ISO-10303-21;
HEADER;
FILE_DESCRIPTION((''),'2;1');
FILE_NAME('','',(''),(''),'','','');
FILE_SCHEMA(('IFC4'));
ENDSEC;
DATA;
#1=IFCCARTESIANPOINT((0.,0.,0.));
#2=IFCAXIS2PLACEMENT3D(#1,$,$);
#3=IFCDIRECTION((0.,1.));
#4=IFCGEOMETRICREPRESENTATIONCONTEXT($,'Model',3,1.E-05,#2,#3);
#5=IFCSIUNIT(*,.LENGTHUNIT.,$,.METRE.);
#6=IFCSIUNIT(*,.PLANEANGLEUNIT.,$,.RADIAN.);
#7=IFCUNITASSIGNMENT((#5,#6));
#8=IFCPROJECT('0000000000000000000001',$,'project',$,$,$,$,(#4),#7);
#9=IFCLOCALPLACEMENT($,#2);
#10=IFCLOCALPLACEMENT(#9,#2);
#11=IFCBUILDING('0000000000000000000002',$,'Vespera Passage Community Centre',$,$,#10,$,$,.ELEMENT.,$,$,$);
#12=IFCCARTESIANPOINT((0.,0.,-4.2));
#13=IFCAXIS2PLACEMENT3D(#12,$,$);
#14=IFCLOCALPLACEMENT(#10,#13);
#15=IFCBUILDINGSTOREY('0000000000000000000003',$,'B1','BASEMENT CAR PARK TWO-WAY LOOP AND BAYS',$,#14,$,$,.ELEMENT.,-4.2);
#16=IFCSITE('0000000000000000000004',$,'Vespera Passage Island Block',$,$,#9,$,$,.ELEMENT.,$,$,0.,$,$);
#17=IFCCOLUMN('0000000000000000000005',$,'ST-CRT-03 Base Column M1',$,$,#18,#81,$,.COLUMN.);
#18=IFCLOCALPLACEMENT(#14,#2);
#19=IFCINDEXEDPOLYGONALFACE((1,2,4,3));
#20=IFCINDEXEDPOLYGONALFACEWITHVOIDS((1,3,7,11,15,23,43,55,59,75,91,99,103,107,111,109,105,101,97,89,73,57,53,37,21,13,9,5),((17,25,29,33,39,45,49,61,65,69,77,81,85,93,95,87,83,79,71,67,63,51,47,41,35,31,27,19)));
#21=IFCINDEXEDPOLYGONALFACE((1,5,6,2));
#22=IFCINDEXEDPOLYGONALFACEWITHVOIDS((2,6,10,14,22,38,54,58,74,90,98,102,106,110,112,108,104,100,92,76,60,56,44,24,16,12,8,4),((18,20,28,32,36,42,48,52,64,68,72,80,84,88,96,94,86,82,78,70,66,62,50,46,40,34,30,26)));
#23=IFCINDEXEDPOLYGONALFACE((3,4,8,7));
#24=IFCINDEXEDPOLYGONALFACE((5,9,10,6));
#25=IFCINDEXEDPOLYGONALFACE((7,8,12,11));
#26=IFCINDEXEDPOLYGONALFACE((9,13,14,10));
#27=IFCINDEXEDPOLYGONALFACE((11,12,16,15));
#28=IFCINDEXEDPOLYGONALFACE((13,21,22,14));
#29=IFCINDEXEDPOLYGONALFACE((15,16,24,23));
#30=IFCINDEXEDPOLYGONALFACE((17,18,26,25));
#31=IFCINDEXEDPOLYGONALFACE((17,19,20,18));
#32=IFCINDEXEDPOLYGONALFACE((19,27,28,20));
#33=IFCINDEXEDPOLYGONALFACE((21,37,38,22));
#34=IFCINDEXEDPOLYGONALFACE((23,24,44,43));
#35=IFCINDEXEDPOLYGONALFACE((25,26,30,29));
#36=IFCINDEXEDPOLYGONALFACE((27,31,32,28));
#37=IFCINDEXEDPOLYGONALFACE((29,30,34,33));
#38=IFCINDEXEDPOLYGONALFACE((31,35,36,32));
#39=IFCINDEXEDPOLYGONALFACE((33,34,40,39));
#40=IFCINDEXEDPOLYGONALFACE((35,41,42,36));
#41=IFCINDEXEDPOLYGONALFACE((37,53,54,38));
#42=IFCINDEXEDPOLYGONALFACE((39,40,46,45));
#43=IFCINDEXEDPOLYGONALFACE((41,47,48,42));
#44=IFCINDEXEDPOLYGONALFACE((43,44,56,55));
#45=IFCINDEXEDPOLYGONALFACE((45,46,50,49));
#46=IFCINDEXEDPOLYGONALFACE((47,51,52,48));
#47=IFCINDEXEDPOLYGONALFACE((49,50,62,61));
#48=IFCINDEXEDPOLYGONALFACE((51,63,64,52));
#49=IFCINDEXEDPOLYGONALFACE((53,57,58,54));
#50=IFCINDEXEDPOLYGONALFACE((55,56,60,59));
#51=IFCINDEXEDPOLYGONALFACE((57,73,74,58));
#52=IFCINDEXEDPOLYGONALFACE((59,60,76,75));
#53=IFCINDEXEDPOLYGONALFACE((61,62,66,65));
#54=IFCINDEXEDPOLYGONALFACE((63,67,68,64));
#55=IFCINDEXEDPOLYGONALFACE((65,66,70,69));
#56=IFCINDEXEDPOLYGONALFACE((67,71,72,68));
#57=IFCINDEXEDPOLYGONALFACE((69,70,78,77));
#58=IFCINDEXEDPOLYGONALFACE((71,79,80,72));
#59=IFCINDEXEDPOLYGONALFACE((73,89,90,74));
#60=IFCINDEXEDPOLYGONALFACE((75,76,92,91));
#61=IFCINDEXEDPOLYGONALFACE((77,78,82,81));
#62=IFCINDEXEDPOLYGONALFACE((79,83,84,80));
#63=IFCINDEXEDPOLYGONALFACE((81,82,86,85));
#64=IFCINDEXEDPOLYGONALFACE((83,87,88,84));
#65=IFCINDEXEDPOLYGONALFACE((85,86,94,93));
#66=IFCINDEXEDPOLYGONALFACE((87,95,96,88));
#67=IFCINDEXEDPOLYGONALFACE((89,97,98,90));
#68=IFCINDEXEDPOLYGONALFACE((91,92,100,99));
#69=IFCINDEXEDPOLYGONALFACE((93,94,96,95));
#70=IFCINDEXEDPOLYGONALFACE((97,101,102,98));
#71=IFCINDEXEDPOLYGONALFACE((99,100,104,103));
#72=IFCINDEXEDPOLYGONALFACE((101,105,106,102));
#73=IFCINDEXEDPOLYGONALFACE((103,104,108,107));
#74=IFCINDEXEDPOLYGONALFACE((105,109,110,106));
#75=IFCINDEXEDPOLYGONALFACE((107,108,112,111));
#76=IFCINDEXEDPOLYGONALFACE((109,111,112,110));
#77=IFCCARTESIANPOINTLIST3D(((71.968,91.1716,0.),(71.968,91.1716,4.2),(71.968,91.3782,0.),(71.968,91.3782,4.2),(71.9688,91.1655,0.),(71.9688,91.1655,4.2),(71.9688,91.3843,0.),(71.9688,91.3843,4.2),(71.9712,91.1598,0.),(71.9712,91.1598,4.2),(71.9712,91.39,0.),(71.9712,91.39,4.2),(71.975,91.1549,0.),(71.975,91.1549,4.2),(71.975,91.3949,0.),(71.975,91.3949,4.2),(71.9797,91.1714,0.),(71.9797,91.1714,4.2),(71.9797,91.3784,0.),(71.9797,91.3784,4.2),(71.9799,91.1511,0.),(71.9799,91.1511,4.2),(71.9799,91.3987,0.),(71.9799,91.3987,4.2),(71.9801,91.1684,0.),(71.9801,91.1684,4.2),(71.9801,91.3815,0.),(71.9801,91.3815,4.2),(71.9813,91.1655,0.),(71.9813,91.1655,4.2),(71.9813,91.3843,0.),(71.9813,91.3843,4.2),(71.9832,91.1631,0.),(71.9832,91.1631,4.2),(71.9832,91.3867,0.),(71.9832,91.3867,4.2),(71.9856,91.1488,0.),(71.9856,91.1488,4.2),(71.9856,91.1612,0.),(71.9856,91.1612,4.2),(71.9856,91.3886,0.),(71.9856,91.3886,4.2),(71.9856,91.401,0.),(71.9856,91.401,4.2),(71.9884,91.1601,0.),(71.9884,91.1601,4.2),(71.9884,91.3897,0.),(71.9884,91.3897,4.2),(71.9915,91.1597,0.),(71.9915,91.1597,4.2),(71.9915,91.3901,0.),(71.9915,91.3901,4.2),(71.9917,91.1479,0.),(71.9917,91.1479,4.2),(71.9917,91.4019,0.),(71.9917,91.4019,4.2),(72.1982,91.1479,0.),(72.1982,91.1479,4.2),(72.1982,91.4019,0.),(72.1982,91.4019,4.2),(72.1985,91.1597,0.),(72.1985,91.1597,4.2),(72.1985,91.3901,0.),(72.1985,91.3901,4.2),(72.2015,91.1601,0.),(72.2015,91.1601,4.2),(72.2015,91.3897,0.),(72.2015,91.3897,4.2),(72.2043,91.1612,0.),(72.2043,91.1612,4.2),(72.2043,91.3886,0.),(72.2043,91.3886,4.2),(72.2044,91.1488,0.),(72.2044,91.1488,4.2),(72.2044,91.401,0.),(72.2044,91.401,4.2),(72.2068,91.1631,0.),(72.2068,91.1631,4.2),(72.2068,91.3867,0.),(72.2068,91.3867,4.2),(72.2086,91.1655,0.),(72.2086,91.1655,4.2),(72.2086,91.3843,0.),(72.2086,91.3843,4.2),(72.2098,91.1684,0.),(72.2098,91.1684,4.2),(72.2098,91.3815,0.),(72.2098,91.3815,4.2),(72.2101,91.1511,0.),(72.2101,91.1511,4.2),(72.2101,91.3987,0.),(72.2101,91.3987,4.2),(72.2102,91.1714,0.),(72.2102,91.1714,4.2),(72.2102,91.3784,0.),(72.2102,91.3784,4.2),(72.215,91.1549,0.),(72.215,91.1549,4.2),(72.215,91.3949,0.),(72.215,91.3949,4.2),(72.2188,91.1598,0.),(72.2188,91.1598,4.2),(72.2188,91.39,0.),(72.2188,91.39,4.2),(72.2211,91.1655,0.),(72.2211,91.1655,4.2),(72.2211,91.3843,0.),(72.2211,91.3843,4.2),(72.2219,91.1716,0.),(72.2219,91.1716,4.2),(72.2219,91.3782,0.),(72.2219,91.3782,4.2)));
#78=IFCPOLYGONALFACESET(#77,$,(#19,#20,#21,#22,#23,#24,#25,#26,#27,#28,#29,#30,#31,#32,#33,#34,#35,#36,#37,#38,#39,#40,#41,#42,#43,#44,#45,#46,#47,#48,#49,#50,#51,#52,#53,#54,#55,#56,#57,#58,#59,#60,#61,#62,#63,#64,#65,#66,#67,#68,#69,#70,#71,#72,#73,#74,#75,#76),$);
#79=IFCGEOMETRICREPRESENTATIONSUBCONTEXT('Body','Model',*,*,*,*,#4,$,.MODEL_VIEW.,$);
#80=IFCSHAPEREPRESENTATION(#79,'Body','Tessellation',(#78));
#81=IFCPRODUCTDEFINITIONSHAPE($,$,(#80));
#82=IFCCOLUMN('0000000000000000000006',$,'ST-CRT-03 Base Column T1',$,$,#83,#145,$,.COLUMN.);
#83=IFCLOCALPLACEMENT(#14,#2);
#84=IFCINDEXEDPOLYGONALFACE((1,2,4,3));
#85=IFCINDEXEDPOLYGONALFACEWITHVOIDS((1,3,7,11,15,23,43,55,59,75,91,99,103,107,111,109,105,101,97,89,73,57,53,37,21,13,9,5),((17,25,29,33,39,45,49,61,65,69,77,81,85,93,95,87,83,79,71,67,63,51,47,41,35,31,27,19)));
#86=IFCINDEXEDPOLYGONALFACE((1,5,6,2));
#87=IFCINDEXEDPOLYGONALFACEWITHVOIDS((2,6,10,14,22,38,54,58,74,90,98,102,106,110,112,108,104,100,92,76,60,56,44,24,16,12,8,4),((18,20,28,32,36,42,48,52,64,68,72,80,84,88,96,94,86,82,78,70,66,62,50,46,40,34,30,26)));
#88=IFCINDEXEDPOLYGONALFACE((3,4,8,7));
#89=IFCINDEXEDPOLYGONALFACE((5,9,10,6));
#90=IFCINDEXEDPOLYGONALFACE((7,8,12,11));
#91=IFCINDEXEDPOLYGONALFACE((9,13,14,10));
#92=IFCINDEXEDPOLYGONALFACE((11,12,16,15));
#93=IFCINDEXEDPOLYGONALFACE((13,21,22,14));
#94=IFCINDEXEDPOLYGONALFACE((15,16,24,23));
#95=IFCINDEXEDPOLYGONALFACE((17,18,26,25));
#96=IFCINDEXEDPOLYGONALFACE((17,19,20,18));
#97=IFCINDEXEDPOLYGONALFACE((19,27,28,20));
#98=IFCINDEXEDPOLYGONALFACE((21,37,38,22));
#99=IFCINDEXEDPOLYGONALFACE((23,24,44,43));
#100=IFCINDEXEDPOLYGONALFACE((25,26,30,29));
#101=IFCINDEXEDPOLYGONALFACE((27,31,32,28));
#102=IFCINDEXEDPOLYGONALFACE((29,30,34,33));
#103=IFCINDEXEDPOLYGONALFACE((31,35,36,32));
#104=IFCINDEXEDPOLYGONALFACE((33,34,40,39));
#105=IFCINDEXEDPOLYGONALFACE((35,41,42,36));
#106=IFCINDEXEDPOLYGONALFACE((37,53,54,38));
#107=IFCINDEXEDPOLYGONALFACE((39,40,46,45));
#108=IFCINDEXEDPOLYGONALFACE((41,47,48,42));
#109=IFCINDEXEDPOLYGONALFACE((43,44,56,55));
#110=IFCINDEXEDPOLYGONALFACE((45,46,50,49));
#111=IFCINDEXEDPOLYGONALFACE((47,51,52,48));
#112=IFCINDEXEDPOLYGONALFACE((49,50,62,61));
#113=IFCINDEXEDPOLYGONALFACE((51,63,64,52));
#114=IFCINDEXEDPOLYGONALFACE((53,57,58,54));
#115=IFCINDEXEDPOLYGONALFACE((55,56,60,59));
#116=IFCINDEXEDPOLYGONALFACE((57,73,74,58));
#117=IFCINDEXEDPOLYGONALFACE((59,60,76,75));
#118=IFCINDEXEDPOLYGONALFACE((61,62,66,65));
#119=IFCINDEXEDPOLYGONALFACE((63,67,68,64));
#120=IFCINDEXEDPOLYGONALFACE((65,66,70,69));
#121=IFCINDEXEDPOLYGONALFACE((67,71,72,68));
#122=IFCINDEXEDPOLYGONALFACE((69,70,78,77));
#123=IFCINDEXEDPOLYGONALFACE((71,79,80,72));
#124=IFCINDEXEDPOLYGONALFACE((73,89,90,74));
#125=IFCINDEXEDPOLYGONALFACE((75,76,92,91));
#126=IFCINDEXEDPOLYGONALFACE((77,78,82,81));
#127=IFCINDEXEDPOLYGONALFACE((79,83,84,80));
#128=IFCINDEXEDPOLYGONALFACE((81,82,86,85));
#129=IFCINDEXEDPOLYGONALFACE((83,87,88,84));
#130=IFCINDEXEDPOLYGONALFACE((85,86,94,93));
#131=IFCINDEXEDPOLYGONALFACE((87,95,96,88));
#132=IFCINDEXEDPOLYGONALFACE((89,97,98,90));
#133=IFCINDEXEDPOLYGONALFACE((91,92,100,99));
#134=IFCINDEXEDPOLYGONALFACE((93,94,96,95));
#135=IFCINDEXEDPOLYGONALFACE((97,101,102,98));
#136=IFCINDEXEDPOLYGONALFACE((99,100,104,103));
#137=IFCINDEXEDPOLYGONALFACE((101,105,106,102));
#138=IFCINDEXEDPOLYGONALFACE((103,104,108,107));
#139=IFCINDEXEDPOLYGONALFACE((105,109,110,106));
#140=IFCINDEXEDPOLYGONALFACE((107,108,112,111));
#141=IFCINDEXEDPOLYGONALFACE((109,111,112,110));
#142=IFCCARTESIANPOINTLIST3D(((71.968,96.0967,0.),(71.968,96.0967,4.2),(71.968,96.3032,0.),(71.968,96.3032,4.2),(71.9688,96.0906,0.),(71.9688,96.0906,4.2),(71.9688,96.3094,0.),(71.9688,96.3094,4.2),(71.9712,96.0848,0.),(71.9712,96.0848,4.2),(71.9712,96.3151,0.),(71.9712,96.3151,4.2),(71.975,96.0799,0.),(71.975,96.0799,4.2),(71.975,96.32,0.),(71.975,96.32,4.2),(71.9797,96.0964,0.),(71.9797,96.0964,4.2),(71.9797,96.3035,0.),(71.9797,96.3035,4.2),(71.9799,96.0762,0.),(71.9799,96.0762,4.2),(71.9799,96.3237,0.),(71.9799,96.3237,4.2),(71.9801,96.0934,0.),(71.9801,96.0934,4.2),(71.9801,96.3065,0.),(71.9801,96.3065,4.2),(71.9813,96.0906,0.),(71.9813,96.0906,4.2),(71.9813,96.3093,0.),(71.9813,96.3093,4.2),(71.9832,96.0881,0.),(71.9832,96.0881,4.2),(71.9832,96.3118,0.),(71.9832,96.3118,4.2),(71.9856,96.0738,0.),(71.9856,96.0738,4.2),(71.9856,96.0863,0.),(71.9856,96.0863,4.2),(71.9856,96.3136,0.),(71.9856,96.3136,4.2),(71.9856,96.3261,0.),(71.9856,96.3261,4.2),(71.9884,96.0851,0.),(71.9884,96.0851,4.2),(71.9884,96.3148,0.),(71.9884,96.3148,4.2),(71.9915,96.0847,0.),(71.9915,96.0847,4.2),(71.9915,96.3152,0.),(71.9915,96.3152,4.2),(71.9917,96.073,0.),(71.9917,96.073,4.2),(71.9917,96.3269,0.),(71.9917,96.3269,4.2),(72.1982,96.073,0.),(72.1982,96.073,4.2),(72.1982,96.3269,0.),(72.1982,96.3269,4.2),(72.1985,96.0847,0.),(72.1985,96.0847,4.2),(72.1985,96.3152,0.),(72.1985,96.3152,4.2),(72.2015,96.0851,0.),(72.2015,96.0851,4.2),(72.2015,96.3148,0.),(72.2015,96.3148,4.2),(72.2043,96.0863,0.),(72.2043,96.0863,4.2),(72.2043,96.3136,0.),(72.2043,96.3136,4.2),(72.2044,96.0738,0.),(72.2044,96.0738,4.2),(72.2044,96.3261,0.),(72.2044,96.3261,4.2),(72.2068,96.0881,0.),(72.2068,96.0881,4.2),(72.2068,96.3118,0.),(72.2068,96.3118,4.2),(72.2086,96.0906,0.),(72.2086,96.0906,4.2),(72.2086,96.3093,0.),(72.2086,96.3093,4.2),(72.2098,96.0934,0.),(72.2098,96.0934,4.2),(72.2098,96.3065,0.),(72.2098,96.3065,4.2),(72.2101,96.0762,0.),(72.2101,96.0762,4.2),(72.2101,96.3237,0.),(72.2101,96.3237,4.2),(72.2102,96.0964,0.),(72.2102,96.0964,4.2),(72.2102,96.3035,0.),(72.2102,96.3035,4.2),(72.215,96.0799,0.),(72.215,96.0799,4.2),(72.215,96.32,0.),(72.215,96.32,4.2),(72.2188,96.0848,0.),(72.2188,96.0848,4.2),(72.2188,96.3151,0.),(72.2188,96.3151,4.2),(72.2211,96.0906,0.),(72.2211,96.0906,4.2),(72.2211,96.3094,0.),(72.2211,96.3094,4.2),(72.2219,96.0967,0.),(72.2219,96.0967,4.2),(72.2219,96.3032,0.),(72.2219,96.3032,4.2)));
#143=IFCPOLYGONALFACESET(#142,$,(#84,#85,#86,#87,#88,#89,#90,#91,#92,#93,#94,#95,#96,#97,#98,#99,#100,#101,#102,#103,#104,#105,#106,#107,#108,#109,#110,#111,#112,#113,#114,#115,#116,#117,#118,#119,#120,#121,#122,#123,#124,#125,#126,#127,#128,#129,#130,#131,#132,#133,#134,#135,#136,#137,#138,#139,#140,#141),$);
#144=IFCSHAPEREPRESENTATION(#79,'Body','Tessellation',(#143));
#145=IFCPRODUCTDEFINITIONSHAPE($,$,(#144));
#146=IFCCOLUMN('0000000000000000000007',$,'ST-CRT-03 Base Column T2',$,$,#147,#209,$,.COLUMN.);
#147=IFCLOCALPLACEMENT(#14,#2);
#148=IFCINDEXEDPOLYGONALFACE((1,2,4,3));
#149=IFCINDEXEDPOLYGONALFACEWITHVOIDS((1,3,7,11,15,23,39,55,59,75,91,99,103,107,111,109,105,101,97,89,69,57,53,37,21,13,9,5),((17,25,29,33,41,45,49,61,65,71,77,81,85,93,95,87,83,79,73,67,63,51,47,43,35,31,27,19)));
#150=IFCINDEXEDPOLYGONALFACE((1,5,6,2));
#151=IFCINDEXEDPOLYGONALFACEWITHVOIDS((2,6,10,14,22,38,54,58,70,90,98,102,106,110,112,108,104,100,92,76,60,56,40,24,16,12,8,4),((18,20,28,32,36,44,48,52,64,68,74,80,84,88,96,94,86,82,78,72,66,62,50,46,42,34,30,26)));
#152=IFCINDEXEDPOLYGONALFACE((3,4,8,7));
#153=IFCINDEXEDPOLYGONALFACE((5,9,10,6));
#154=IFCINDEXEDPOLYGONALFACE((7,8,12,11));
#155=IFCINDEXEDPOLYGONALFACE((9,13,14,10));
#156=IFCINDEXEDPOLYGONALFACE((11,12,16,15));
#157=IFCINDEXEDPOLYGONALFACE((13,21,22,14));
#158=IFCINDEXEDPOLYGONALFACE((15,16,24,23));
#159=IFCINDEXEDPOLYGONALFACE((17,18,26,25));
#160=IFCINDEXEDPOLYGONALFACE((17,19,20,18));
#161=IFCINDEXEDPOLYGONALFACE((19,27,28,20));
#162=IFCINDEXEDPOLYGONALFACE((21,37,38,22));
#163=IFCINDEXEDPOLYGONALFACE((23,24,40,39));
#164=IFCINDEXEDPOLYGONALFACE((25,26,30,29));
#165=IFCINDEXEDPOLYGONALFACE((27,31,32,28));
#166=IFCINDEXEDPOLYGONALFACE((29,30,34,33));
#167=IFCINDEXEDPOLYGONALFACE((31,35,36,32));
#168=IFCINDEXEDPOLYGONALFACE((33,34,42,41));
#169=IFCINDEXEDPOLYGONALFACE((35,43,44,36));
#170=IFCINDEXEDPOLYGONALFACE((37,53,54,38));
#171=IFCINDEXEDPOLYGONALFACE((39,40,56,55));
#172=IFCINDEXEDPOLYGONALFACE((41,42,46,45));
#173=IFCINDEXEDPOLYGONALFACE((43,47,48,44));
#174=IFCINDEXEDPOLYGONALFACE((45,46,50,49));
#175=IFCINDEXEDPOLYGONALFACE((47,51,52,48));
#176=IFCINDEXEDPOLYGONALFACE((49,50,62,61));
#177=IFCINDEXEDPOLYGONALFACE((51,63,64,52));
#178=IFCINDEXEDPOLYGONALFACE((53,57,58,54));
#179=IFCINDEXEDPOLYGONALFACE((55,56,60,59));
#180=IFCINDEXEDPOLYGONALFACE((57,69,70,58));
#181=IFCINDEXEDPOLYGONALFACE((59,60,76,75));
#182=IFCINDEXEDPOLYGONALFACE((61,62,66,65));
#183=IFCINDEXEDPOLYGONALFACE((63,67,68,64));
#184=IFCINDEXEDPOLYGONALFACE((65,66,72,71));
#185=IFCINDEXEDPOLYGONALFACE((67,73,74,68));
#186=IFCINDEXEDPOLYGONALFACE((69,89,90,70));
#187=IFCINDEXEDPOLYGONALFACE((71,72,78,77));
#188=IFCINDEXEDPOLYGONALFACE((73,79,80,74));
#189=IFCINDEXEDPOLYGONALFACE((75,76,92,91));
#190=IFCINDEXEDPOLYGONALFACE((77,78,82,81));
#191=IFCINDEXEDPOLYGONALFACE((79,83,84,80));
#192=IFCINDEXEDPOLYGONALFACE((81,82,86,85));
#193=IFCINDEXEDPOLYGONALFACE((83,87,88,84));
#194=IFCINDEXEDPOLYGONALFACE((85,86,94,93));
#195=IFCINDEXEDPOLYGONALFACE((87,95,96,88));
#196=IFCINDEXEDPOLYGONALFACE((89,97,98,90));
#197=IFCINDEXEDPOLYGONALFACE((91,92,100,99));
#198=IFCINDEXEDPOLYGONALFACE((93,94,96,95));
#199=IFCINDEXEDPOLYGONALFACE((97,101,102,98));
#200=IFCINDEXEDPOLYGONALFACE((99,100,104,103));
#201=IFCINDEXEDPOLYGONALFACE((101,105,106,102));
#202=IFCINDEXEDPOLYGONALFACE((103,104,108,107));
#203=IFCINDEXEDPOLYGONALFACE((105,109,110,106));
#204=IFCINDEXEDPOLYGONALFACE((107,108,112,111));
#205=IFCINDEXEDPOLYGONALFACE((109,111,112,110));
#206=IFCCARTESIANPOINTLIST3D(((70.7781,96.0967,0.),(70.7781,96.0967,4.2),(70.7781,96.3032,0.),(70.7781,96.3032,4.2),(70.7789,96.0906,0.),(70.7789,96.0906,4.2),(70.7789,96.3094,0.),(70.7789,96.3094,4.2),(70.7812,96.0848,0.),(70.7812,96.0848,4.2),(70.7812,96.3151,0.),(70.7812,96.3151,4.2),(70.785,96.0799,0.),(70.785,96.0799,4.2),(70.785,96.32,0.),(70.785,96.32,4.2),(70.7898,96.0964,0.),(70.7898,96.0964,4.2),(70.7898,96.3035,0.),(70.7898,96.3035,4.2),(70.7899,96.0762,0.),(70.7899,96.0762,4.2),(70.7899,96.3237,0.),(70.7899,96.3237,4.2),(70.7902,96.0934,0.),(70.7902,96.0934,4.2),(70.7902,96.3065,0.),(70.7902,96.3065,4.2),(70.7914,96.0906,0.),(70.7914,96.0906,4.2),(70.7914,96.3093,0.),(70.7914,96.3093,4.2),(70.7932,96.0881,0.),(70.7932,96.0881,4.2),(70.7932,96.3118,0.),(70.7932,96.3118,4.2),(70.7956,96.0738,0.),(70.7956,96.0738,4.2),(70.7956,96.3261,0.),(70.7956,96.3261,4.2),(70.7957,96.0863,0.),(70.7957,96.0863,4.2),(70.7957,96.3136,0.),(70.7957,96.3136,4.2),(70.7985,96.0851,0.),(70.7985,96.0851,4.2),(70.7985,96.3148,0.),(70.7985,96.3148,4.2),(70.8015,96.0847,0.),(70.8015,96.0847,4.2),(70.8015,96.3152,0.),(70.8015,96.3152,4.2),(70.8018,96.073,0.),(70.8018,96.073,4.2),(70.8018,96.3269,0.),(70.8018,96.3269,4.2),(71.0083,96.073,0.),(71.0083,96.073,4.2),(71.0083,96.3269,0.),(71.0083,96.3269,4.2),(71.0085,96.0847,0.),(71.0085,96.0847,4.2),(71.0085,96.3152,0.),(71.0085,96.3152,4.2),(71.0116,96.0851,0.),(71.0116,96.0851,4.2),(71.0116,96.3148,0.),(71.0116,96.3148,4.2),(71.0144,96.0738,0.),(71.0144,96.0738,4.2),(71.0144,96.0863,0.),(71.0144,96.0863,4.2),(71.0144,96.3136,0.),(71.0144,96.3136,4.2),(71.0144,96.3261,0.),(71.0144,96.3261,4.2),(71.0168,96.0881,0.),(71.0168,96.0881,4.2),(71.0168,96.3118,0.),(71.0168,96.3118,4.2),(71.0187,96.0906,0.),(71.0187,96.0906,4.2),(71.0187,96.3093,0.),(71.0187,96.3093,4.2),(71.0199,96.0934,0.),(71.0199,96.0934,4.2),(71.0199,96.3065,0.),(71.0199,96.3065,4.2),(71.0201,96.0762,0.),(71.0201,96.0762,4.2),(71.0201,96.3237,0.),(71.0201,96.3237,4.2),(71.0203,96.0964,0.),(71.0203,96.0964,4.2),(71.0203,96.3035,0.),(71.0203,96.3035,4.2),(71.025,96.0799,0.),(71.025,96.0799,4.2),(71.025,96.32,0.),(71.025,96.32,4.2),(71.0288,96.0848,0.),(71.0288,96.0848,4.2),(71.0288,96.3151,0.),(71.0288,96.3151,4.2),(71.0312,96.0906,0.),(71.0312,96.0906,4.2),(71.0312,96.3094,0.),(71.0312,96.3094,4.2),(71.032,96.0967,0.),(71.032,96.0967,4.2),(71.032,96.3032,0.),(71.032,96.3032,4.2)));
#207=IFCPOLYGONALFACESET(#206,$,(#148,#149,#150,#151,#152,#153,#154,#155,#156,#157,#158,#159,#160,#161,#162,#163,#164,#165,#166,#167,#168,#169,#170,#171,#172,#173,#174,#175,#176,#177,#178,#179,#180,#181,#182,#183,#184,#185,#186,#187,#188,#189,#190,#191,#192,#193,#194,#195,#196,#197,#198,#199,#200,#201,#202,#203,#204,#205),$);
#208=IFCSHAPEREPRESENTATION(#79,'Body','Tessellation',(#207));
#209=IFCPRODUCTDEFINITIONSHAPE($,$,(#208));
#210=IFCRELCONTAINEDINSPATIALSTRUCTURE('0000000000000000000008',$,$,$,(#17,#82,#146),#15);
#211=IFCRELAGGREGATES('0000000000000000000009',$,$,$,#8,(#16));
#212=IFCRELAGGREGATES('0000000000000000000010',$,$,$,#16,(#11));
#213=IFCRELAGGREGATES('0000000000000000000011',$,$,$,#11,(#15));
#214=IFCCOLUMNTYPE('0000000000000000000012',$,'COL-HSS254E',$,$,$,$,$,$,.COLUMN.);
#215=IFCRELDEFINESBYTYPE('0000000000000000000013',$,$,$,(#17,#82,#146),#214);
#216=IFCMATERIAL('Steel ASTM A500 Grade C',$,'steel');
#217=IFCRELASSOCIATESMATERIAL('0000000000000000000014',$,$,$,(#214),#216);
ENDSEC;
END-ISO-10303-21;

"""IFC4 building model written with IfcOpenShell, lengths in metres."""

from ifc_helpers import new_model, si_unit, direction, frame, origin, origin_2d, place, context, subcontext, project, spatial, hollow_rectangle, extrude, material, material_profile, profile_set, type_object, element, save


model = new_model("IFC4")

# Units and contexts
model_context = context("Model", 3, precision=1e-05, world=origin(), true_north=direction((0.0, 1.0)))
body_context = subcontext(model_context, "Body", "Model", "MODEL_VIEW")
ifc_project = project(units=[si_unit("LENGTHUNIT", "METRE"), si_unit("PLANEANGLEUNIT", "RADIAN")], contexts=[model_context])

# Site, building, storey
site_placement = place(None, origin())
site = spatial("IfcSite", under=ifc_project, at=site_placement, Name="Vespera Passage Island Block", CompositionType="ELEMENT", RefElevation=0.0)
building_placement = place(site_placement, origin())
building = spatial("IfcBuilding", under=site, at=building_placement, Name="Vespera Passage Community Centre", CompositionType="ELEMENT")
storey_placement = place(building_placement, frame((0.0, 0.0, -4.2)))
storey = spatial("IfcBuildingStorey", under=building, at=storey_placement, Name="B1", Description="BASEMENT CAR PARK TWO-WAY LOOP AND BAYS", CompositionType="ELEMENT", Elevation=-4.2)

# Columns
ifc_material_1 = material(Name="Steel ASTM A500 Grade C", Category="steel")
ifc_material_profile_1 = material_profile(ifc_material_1, hollow_rectangle(XDim=0.2539, YDim=0.2539, WallThickness=0.0117, InnerFilletRadius=0.0117, OuterFilletRadius=0.0237, at=origin_2d()), Name="HSS254X254X12.7")
ifc_profile_set_1 = profile_set([ifc_material_profile_1], Name="Steel ASTM A500 Grade C")
column_type_1 = type_object("IfcColumnType", Name="COL-HSS254E", PredefinedType="COLUMN", material=ifc_profile_set_1)
for number, where, z_axis, x_axis, name in (
    (1, (72.095, 91.2749, 0.0), (0.0, 0.0, 1.0), (1.0, 0.0, 0.0), "ST-CRT-03 Base Column M1"),
    (2, (72.095, 96.2, 0.0), (0.0, 0.0, 1.0), (1.0, 0.0, 0.0), "ST-CRT-03 Base Column T1"),
    (3, (70.905, 96.2, 0.0), (0.0, 0.0, 1.0), (1.0, 0.0, 0.0), "ST-CRT-03 Base Column T2"),
):
    element("IfcColumn", number, at=place(storey_placement, frame(where, z_axis=z_axis, x_axis=x_axis)), inside=storey, type_object=column_type_1, Name=name, PredefinedType="COLUMN", context=body_context, shape_type="SweptSolid", body=[
        extrude(hollow_rectangle(XDim=0.2539, YDim=0.2539, WallThickness=0.0117, InnerFilletRadius=0.0117, OuterFilletRadius=0.0237, at=origin_2d()), origin(), (0.0, 0.0, 1.0), 4.2),
    ])

save(model, "model.ifc")
